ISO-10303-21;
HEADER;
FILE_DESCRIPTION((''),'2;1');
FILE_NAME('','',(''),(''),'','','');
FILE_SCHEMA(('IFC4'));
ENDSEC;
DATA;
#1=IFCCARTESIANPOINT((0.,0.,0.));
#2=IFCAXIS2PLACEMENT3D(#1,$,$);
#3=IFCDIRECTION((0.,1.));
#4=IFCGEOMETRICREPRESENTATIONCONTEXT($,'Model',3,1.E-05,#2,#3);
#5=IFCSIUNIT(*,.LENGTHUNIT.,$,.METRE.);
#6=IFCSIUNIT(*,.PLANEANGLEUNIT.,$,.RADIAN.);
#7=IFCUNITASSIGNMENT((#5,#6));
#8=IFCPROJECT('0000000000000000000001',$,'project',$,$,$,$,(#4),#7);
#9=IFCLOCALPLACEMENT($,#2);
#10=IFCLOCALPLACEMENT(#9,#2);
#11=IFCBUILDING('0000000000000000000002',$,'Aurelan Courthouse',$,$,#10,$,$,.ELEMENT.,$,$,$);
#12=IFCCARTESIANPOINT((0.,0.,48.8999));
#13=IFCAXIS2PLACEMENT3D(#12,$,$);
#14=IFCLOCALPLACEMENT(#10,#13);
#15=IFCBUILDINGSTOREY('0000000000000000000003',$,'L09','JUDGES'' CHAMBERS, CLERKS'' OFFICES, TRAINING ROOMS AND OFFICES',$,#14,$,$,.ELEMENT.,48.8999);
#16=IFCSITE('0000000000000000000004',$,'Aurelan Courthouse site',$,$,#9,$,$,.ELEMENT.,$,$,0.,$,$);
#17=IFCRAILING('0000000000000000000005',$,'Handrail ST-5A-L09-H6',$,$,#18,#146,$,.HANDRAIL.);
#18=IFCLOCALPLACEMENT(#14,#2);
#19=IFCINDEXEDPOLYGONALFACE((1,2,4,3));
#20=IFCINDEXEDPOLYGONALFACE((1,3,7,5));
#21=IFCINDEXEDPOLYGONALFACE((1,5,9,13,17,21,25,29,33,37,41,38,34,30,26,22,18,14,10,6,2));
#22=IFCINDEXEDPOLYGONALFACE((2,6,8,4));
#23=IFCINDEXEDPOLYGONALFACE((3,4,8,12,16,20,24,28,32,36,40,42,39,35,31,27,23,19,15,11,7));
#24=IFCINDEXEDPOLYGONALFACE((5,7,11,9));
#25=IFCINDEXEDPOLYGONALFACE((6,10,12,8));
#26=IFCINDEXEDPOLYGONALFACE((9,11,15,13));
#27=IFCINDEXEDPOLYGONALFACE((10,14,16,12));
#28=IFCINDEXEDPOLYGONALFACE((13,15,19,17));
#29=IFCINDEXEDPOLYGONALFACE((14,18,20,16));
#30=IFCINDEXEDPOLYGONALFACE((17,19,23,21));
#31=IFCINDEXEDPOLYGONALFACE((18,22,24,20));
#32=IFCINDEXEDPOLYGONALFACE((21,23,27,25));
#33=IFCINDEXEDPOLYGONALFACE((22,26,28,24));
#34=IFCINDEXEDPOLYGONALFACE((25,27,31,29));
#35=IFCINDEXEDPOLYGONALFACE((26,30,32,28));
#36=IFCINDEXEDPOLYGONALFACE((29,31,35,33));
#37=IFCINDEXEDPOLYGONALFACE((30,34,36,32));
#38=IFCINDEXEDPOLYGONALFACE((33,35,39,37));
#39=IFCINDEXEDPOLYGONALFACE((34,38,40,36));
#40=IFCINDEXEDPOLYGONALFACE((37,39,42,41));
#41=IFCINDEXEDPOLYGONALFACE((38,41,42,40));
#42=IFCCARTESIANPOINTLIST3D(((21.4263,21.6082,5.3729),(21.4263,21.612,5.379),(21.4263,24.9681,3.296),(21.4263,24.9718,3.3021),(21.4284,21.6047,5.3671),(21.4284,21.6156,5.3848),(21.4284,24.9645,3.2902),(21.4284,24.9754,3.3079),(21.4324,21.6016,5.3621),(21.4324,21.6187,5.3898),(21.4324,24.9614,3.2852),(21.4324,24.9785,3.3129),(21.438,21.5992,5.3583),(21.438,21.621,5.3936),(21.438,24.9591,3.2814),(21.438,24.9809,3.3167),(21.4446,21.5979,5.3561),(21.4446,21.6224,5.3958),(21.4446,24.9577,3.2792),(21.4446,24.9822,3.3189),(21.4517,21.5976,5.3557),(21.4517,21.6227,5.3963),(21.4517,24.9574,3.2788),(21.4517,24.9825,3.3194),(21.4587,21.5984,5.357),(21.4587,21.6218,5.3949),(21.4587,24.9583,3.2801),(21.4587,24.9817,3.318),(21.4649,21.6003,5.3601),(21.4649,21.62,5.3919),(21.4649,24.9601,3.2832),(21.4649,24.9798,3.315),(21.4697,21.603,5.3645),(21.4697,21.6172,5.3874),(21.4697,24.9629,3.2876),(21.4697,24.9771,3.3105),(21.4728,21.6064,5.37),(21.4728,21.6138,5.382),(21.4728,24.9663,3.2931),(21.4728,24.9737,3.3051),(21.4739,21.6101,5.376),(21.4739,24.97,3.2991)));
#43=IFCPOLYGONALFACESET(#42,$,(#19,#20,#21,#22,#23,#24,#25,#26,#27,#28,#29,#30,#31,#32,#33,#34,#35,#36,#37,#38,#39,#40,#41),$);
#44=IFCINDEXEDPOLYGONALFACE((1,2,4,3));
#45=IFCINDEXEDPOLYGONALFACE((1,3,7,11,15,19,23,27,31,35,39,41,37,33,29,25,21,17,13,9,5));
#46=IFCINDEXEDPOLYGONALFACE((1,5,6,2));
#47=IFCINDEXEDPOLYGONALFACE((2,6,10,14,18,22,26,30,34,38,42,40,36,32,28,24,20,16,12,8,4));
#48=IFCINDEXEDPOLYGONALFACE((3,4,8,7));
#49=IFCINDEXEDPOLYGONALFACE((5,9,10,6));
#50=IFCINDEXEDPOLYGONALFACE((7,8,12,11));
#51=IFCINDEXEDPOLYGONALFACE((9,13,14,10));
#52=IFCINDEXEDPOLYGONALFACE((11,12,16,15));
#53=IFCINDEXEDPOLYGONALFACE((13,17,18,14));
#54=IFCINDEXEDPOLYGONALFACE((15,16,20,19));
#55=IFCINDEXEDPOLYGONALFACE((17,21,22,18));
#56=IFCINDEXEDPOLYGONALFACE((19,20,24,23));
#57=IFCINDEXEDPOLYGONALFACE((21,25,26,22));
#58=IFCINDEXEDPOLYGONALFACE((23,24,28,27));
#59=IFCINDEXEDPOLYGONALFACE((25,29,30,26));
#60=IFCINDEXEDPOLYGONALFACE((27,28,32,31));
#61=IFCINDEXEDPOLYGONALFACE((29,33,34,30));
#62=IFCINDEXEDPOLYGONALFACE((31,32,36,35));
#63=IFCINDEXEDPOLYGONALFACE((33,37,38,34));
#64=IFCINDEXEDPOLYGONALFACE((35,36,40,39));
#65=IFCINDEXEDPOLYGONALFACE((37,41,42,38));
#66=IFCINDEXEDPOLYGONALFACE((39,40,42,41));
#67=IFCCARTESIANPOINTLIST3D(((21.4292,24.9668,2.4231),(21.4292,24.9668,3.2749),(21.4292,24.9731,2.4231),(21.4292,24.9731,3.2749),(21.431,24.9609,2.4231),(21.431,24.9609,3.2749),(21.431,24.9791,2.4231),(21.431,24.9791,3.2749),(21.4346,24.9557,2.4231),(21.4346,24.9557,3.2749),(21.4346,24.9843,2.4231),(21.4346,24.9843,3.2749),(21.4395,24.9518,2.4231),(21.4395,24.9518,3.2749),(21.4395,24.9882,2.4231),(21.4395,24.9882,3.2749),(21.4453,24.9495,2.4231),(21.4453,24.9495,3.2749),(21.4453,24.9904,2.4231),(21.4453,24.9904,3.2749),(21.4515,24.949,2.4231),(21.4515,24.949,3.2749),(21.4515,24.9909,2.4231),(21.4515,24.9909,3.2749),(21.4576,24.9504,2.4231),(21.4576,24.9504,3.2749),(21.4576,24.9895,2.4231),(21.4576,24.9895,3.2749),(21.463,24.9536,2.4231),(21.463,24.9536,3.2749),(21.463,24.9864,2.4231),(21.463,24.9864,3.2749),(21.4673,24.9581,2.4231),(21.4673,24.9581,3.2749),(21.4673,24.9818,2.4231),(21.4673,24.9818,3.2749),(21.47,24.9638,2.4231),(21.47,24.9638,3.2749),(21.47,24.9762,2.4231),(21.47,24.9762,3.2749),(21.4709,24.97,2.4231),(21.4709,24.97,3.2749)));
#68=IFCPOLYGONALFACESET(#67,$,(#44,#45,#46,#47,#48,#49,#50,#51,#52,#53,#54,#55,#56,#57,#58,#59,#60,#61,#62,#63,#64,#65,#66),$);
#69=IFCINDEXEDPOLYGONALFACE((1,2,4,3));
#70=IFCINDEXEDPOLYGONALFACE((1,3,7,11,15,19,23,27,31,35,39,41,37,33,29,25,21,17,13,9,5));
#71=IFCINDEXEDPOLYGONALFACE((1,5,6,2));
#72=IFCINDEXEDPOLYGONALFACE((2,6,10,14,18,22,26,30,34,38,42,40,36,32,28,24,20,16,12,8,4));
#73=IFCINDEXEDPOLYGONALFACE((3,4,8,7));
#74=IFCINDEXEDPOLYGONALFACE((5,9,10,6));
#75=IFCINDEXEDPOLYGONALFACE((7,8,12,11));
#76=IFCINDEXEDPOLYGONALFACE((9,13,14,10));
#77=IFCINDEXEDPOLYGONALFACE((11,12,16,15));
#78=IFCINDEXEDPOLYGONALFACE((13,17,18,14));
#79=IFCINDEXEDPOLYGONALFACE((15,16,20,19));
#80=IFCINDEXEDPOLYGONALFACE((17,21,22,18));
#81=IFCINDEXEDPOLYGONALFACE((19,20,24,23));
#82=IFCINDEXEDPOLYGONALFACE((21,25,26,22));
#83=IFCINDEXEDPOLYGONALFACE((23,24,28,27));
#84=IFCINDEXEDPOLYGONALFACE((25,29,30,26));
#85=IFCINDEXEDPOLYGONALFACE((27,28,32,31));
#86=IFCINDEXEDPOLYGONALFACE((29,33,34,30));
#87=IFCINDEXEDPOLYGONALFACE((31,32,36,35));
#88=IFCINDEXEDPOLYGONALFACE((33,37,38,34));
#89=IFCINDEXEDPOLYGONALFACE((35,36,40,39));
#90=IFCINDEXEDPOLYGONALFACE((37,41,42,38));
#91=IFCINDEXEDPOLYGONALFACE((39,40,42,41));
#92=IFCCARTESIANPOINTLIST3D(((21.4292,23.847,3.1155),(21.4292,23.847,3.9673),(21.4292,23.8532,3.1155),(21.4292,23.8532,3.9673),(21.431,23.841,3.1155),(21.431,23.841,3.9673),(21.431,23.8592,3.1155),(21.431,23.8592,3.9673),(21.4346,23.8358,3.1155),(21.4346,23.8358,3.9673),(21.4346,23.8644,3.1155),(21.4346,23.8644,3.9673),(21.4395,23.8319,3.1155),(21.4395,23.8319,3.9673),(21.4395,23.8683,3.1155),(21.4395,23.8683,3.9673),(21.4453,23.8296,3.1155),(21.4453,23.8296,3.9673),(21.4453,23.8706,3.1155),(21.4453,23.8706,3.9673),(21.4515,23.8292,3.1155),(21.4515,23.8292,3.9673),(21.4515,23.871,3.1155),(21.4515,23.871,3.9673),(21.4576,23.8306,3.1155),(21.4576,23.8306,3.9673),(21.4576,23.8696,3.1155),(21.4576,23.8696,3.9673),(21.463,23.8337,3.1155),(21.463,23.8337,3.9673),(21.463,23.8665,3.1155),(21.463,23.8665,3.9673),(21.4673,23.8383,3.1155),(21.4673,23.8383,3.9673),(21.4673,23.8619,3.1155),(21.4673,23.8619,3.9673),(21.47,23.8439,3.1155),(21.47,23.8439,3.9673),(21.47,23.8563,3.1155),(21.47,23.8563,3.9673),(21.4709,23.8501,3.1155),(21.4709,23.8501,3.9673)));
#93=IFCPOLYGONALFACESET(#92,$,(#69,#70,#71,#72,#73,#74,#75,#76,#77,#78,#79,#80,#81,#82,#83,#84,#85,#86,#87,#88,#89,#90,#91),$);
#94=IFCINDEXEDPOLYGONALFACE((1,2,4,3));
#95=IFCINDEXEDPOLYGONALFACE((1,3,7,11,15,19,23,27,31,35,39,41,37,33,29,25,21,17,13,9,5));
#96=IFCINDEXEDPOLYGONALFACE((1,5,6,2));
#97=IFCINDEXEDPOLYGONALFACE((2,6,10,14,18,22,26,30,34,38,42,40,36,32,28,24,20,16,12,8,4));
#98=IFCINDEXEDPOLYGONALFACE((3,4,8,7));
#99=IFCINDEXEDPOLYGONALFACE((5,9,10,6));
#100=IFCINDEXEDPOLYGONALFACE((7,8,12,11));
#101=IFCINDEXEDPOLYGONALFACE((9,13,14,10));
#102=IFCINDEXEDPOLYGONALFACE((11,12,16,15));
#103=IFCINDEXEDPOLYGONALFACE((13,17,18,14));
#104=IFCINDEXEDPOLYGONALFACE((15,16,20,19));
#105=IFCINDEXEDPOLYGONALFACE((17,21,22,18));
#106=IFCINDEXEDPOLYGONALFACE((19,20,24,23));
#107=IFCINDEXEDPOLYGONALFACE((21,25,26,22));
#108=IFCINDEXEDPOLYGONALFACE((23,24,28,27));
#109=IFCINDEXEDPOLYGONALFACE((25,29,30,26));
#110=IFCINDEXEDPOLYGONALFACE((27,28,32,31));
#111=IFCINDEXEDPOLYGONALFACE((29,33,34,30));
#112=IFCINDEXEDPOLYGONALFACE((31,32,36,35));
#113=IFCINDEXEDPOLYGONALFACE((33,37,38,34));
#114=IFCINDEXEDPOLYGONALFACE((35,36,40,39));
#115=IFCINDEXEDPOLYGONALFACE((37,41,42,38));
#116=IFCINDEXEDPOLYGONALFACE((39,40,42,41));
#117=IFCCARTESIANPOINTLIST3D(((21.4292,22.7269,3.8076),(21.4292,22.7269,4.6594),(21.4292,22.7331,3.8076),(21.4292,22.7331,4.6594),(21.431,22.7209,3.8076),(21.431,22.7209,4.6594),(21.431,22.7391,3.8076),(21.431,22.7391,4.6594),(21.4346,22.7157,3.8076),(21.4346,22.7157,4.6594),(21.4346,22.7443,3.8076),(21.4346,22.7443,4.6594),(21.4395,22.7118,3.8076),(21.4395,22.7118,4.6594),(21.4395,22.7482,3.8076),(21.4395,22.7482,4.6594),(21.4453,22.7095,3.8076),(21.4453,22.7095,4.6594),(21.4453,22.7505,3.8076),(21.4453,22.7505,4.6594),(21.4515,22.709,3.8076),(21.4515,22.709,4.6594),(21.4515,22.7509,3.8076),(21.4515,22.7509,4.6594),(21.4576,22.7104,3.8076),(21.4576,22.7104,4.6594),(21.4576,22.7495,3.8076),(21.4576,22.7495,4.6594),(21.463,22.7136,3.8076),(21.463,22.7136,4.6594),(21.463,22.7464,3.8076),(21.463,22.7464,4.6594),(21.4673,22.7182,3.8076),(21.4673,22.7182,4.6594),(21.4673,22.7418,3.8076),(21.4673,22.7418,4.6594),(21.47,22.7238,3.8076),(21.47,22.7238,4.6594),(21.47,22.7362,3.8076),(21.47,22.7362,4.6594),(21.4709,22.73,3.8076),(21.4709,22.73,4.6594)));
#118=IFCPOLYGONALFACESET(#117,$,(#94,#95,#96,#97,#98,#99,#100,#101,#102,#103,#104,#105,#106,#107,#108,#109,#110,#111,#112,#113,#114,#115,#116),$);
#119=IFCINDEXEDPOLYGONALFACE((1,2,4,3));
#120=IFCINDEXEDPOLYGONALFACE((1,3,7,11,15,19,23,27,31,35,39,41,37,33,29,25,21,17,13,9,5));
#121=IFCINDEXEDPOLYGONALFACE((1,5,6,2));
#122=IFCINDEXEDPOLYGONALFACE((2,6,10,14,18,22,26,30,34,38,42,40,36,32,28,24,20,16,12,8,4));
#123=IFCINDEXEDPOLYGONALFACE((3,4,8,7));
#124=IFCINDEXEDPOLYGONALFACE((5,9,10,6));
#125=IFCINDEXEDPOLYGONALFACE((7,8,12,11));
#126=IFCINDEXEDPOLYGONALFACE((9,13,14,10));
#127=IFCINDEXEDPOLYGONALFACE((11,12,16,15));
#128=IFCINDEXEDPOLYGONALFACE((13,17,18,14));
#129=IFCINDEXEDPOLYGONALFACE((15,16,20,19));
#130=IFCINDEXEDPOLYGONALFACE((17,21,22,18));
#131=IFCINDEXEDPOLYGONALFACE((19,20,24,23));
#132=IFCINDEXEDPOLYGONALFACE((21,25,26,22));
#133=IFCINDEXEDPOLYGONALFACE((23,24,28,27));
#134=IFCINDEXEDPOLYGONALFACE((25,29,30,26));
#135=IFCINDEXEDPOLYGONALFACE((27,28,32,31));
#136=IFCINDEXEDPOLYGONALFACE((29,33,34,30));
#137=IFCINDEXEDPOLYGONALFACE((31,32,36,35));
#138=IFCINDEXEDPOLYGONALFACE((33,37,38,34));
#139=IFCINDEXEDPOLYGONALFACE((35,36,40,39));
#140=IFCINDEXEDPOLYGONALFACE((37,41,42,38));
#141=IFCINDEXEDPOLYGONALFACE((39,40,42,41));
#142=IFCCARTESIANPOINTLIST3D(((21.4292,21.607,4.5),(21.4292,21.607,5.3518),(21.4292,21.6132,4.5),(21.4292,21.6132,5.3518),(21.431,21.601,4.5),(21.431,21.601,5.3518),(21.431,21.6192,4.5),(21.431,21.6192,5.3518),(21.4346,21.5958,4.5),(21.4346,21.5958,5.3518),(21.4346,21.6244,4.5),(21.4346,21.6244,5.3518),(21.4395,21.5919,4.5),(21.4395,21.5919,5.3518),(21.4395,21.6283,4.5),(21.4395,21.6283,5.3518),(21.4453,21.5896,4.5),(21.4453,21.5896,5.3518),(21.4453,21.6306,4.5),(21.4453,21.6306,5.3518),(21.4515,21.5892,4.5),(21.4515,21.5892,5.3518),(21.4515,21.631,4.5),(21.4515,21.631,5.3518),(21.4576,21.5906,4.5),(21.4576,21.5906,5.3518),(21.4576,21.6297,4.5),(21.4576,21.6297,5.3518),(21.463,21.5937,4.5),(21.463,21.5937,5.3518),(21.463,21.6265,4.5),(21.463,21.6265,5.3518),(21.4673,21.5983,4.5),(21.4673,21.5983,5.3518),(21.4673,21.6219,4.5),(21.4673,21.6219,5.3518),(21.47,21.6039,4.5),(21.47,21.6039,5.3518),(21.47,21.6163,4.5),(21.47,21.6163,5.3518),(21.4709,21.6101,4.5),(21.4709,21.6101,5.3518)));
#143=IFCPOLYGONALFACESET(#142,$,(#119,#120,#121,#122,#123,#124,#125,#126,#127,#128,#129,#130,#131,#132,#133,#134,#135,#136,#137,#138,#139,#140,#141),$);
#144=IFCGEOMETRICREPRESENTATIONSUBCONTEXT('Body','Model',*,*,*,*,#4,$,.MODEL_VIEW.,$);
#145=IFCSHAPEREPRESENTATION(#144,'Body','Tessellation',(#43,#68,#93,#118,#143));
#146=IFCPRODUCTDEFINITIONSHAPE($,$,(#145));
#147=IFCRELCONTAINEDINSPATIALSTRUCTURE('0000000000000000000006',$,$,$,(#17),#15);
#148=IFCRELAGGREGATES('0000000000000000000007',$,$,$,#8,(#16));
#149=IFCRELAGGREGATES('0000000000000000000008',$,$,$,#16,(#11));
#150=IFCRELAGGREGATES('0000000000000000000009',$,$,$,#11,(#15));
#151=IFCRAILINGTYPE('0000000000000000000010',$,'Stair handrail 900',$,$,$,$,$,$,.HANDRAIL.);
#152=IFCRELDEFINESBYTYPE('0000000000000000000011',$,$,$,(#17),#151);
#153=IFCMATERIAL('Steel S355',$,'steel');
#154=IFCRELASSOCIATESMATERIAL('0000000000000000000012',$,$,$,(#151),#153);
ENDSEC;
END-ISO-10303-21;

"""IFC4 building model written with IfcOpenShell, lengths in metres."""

from ifc_helpers import new_model, si_unit, direction, frame, origin, origin_2d, place, context, subcontext, project, spatial, circle, extrude, material, type_object, element, save


model = new_model("IFC4")

# Units and contexts
model_context = context("Model", 3, precision=1e-05, world=origin(), true_north=direction((0.0, 1.0)))
body_context = subcontext(model_context, "Body", "Model", "MODEL_VIEW")
ifc_project = project(units=[si_unit("LENGTHUNIT", "METRE"), si_unit("PLANEANGLEUNIT", "RADIAN")], contexts=[model_context])

# Site, building, storey
site_placement = place(None, origin())
site = spatial("IfcSite", under=ifc_project, at=site_placement, Name="Aurelan Courthouse site", CompositionType="ELEMENT", RefElevation=0.0)
building_placement = place(site_placement, origin())
building = spatial("IfcBuilding", under=site, at=building_placement, Name="Aurelan Courthouse", CompositionType="ELEMENT")
storey_placement = place(building_placement, frame((0.0, 0.0, 48.8999)))
storey = spatial("IfcBuildingStorey", under=building, at=storey_placement, Name="L09", Description="JUDGES' CHAMBERS, CLERKS' OFFICES, TRAINING ROOMS AND OFFICES", CompositionType="ELEMENT", Elevation=48.8999)

# Railing
ifc_material_1 = material(Name="Steel S355", Category="steel")
railing_type_1 = type_object("IfcRailingType", Name="Stair handrail 900", PredefinedType="HANDRAIL", material=ifc_material_1)
for number, where, name in (
    (1, (21.45, 24.97, 2.4231), "Handrail ST-5A-L09-H6"),
):
    element("IfcRailing", number, at=place(storey_placement, frame(where)), inside=storey, type_object=railing_type_1, Name=name, PredefinedType="HANDRAIL", context=body_context, shape_type="SweptSolid", body=[
        extrude(circle(Radius=0.0239, at=origin_2d()), frame((0.0, 0.0, 0.876), z_axis=(0.0, -0.850606, 0.525803), x_axis=(1.0, 0.0, 0.0)), (0.0, 0.0, 1.0), 3.95),
        extrude(circle(Radius=0.021, at=origin_2d()), origin(), (0.0, 0.0, 1.0), 0.8518),
        extrude(circle(Radius=0.021, at=origin_2d()), frame((0.0, -1.1199, 0.6924)), (0.0, 0.0, 1.0), 0.8518),
        extrude(circle(Radius=0.021, at=origin_2d()), frame((0.0, -2.24, 1.3845)), (0.0, 0.0, 1.0), 0.8518),
        extrude(circle(Radius=0.021, at=origin_2d()), frame((0.0, -3.3599, 2.0769)), (0.0, 0.0, 1.0), 0.8518),
    ])

save(model, "model.ifc")
